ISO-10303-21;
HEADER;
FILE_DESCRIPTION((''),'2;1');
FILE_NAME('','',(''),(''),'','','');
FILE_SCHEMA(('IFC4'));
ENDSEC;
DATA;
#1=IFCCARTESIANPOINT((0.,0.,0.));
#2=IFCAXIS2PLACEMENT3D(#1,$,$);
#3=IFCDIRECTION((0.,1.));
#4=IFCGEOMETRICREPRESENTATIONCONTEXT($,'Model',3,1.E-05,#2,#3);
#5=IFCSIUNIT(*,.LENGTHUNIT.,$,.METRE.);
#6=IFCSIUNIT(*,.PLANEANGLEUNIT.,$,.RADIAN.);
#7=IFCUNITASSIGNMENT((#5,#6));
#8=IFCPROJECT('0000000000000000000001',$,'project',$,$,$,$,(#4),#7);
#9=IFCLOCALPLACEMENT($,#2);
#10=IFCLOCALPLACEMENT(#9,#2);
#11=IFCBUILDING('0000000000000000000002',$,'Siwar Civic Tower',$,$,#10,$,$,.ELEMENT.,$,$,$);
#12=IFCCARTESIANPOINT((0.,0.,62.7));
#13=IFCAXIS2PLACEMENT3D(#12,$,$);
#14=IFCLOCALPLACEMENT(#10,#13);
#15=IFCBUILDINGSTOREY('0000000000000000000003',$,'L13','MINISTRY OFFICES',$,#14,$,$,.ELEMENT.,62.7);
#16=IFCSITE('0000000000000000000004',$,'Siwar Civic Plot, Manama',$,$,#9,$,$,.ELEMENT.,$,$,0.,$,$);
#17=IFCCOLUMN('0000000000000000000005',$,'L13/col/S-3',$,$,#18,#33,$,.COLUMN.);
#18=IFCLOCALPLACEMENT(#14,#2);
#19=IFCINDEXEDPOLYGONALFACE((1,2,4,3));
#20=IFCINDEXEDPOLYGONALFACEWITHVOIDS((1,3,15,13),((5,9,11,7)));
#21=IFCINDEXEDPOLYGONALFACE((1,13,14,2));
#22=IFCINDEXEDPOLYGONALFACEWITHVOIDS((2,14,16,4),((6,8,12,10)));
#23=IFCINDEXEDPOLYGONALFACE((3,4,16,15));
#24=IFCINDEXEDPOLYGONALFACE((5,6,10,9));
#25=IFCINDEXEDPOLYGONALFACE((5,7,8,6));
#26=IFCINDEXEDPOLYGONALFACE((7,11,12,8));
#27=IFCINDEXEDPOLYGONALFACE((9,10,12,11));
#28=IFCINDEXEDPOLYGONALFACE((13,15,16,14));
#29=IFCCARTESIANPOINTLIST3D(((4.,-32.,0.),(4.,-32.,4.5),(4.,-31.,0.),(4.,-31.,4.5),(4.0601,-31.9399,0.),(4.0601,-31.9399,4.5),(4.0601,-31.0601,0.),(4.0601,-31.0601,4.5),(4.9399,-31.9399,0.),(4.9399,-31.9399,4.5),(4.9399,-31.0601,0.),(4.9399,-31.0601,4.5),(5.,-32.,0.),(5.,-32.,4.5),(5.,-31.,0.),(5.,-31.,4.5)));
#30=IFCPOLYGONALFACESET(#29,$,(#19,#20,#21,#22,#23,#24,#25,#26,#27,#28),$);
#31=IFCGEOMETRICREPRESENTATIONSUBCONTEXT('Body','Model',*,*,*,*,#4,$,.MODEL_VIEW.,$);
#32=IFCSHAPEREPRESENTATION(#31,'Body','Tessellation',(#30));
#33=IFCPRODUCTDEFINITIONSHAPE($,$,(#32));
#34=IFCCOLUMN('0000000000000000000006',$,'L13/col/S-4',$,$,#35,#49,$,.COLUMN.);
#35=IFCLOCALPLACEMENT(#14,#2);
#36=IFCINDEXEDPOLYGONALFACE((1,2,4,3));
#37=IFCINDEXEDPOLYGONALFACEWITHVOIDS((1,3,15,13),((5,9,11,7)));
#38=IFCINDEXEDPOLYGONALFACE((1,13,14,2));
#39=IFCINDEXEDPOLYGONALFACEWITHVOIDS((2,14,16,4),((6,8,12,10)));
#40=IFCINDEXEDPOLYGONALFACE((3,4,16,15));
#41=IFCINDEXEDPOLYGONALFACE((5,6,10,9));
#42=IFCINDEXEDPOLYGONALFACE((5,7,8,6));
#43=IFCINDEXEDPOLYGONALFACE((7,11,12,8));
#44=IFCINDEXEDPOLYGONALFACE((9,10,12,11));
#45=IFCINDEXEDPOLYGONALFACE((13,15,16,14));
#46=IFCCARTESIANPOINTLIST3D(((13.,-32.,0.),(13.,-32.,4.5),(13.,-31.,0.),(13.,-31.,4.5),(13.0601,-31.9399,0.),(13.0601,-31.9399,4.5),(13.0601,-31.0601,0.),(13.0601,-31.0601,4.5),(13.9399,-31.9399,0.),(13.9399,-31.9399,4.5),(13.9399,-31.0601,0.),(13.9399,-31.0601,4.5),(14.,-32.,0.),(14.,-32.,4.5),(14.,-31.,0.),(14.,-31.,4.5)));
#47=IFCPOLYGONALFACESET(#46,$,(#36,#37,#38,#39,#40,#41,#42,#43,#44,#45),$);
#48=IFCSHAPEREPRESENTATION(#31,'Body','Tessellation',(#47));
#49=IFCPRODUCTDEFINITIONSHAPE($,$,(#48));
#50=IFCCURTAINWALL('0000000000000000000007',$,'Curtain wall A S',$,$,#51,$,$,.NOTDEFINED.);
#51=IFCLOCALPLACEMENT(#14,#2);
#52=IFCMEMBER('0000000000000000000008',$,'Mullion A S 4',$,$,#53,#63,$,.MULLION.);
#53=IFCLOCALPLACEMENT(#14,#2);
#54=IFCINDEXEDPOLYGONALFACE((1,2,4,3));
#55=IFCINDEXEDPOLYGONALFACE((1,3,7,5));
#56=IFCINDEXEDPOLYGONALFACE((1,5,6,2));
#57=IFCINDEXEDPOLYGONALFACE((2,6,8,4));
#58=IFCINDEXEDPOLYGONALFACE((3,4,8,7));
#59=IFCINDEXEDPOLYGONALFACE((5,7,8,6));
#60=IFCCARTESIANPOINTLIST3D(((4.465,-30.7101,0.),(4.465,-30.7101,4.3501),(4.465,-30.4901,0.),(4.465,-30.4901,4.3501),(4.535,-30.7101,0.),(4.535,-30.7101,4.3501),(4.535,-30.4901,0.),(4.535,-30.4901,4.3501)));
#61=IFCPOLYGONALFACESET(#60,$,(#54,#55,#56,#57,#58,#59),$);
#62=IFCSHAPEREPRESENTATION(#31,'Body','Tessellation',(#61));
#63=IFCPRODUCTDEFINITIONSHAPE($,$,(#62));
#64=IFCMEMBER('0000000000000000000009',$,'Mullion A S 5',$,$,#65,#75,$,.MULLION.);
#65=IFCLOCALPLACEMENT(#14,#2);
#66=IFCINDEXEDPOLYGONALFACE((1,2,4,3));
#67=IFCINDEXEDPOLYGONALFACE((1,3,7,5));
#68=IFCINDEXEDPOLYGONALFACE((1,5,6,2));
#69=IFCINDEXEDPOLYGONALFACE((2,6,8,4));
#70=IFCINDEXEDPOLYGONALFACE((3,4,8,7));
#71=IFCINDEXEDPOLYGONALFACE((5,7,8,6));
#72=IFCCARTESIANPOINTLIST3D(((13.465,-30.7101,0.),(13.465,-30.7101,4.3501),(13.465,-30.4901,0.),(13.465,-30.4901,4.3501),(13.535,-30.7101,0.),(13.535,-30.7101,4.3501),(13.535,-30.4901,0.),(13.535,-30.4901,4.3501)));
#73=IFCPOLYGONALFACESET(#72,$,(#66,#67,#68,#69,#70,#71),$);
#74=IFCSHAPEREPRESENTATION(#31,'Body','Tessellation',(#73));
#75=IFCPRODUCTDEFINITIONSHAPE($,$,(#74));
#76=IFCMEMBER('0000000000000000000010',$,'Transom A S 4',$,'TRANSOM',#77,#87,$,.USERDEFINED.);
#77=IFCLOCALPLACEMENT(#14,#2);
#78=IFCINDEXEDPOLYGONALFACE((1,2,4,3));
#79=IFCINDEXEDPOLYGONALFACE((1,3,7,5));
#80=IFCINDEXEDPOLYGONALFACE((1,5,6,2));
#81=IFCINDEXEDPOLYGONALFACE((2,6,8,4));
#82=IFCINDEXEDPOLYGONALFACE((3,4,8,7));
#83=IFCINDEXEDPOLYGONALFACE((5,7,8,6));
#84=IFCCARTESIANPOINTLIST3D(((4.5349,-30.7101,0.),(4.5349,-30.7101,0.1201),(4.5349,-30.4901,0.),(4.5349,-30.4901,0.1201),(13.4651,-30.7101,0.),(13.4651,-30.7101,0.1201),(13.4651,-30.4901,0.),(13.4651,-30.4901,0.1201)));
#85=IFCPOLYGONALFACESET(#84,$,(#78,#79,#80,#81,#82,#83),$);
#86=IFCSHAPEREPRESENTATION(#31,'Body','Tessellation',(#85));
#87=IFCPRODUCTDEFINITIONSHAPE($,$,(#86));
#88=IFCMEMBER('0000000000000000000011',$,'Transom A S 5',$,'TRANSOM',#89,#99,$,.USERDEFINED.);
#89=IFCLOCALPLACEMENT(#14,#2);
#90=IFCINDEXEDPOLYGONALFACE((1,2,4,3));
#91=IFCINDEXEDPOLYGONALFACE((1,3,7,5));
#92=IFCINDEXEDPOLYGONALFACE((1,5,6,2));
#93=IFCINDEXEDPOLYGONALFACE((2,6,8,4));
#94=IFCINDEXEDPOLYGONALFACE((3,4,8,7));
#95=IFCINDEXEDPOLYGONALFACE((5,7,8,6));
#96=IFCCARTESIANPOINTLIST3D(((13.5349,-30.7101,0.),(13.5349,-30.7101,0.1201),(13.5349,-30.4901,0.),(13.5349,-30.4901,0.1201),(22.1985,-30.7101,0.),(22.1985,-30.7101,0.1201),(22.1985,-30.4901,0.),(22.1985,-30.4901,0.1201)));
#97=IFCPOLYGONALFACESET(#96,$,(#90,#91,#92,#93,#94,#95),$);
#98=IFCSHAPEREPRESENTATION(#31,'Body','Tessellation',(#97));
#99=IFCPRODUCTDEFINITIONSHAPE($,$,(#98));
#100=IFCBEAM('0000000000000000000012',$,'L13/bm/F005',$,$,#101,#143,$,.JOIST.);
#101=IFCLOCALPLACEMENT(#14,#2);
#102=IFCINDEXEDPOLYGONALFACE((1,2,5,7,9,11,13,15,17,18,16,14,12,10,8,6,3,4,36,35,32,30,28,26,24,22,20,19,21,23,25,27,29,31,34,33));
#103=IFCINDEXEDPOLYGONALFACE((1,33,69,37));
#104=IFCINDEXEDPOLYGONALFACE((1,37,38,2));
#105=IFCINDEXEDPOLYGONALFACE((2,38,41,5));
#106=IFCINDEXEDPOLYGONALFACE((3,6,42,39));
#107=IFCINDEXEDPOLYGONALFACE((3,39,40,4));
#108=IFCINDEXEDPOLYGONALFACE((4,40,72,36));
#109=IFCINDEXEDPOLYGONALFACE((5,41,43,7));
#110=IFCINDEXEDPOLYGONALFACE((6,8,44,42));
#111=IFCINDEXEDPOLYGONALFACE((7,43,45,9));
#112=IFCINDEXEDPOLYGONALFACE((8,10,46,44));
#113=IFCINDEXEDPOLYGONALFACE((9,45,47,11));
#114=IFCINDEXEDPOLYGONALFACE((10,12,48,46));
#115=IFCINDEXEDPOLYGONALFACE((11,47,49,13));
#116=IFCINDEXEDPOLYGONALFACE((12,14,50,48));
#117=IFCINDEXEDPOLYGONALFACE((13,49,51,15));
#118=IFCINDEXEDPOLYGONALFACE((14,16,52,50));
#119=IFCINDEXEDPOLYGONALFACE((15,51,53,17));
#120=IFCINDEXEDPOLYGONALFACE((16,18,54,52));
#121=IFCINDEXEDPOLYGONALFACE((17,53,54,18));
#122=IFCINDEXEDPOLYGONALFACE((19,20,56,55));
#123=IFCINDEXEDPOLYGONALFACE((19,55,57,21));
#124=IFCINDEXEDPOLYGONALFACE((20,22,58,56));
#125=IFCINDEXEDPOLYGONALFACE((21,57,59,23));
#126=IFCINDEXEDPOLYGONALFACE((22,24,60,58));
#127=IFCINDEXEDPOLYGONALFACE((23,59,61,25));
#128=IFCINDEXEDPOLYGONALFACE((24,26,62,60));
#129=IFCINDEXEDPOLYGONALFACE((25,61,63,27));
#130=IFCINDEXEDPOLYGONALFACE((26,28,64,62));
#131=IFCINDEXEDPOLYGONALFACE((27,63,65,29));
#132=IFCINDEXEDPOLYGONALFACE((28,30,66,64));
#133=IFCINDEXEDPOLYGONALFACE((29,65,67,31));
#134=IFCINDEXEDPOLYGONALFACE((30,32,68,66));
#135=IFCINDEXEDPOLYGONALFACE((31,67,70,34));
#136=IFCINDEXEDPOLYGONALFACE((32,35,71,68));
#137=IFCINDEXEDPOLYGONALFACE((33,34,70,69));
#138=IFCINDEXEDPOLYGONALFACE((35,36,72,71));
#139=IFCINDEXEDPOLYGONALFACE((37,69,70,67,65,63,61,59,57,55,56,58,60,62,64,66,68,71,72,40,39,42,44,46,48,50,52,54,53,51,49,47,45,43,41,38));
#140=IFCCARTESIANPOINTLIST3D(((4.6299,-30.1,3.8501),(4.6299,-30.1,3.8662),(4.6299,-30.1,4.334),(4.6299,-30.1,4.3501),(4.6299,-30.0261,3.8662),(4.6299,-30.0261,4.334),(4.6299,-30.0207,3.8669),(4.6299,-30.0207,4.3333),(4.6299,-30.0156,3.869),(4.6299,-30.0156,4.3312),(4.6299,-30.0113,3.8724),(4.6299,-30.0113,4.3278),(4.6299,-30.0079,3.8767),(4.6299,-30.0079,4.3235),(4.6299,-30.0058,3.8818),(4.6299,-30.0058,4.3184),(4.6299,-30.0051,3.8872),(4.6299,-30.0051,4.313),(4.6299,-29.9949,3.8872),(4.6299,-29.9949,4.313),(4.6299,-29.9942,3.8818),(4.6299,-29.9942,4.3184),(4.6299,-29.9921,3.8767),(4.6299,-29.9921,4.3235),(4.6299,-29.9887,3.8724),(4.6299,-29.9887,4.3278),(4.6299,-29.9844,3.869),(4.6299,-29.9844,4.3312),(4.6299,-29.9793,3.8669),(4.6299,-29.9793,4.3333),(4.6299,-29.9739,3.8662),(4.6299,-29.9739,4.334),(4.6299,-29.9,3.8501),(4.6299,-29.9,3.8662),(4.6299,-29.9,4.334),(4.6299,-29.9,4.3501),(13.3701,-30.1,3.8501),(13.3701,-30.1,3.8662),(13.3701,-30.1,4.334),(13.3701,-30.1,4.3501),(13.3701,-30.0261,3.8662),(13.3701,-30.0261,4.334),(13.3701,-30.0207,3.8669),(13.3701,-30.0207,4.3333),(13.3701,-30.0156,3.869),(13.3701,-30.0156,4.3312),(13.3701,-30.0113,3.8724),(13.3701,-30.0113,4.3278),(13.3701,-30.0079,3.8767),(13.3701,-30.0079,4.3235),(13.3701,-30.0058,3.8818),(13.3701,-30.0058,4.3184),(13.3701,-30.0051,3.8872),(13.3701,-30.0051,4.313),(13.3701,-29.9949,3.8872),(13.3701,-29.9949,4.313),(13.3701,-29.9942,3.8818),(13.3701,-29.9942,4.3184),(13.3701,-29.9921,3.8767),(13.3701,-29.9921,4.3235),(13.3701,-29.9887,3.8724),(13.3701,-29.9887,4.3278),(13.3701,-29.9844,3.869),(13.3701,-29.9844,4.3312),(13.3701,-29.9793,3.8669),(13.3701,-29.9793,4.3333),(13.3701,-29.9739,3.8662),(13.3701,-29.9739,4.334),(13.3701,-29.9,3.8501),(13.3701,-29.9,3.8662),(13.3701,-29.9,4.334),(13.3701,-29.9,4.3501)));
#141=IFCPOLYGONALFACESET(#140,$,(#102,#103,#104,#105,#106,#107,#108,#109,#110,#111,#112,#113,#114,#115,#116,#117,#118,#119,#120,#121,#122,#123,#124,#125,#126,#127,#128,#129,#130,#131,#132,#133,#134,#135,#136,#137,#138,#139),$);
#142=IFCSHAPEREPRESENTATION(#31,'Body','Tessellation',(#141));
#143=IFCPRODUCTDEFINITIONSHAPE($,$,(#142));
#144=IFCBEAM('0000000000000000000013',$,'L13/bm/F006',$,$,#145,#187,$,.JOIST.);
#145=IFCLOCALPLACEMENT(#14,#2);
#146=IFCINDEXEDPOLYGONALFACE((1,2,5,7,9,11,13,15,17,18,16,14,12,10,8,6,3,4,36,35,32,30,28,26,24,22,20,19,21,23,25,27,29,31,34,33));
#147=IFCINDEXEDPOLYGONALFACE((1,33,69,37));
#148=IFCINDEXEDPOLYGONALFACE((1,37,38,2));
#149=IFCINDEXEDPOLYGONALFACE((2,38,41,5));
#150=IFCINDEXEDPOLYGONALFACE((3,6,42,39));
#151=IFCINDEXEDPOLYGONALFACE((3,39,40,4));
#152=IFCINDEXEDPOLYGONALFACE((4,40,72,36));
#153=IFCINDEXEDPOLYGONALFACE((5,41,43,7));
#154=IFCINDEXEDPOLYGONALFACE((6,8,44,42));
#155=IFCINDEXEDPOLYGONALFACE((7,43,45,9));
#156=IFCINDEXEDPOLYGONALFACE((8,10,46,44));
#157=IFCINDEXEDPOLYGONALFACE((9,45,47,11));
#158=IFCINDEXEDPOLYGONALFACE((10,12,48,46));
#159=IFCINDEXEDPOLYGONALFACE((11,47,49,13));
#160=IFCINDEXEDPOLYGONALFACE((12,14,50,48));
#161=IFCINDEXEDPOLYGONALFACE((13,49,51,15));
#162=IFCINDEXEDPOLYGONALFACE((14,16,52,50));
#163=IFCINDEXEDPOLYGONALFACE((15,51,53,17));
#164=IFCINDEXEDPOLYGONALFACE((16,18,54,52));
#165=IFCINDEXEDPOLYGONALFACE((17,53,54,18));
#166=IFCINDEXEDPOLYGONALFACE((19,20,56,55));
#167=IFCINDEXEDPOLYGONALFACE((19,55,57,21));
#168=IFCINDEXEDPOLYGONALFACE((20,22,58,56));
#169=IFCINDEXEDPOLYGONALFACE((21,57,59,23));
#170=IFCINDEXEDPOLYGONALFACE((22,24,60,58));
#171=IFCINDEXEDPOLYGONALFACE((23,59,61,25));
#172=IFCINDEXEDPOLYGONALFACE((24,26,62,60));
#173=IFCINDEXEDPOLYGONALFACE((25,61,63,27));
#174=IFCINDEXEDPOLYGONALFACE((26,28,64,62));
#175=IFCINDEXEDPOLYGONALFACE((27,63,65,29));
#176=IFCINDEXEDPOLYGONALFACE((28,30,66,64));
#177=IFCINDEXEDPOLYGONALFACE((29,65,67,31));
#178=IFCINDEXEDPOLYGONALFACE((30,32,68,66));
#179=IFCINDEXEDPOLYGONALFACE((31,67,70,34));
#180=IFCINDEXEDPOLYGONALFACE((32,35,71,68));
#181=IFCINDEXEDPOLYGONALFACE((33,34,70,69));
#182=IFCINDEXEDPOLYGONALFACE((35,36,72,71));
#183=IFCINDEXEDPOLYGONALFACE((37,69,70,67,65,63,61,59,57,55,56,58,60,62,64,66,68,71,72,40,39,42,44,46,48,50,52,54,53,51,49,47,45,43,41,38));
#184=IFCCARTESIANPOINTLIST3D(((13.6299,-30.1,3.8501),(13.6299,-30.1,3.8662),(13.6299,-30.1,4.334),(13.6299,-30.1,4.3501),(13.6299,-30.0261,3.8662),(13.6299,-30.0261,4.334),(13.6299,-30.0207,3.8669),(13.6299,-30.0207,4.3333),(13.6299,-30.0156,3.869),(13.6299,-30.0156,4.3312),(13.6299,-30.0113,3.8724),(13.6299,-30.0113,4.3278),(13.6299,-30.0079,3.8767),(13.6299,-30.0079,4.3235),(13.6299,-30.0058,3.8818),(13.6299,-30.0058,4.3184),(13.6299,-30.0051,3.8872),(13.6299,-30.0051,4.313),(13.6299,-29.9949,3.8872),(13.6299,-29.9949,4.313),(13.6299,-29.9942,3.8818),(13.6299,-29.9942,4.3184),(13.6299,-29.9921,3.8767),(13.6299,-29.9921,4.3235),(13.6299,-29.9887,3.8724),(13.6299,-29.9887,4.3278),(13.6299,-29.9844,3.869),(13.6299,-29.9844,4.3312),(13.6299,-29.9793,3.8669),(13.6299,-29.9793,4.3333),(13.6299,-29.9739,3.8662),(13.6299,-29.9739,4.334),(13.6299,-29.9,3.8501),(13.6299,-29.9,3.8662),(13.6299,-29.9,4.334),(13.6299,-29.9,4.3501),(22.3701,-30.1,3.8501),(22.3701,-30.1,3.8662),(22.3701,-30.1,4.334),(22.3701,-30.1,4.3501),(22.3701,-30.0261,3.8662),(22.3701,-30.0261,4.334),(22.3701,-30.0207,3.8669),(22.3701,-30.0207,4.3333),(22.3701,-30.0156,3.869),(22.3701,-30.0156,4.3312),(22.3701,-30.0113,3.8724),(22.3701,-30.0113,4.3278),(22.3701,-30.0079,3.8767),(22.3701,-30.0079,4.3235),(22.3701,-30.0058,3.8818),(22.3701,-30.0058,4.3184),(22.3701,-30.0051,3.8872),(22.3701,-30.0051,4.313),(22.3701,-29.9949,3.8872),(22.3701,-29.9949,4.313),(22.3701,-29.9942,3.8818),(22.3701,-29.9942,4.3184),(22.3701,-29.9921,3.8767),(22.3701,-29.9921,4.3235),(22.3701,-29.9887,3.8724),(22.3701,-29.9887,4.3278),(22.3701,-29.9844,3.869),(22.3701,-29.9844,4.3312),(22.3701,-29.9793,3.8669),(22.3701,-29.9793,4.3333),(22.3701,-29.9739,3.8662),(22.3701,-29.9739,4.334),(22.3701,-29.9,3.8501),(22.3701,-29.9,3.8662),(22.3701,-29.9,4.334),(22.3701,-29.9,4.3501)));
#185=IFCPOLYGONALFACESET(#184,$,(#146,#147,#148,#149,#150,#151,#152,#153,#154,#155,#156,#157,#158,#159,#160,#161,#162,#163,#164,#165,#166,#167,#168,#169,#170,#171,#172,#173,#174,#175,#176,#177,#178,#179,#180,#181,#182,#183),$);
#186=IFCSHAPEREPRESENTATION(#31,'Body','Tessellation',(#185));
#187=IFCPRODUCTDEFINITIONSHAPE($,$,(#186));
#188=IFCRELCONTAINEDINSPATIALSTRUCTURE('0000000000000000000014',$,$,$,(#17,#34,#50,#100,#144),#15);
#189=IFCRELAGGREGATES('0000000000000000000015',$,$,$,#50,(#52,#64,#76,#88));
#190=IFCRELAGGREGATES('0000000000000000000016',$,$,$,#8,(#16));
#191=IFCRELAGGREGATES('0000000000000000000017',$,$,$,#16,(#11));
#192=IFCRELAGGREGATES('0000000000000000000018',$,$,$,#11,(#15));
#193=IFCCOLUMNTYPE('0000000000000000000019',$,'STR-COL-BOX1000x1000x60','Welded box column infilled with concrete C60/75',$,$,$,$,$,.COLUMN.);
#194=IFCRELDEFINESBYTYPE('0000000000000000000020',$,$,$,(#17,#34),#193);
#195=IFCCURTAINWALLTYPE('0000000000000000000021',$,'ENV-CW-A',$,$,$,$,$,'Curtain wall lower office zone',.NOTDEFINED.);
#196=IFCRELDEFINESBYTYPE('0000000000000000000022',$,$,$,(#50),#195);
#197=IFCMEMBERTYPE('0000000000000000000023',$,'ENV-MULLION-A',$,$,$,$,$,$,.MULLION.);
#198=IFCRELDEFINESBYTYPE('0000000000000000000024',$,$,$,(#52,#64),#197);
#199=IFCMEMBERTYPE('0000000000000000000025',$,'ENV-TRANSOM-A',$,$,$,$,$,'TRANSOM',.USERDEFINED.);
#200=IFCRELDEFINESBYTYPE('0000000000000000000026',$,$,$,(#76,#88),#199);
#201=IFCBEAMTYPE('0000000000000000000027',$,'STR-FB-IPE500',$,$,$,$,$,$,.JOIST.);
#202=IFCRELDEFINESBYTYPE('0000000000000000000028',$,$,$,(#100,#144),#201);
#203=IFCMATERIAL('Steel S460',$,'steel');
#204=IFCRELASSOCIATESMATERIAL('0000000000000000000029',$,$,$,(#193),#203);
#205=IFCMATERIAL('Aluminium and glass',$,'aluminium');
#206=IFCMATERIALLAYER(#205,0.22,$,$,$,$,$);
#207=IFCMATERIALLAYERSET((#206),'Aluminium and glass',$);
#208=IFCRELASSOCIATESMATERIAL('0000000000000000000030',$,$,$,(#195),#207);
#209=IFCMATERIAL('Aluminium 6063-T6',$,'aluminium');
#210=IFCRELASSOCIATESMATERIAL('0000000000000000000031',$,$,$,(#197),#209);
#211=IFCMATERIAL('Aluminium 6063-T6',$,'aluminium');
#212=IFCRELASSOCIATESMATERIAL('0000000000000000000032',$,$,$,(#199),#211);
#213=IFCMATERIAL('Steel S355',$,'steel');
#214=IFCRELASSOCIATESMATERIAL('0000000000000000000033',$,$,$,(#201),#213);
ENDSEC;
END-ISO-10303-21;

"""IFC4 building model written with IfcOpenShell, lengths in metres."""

from ifc_helpers import new_model, si_unit, direction, frame, origin, origin_2d, place, context, subcontext, project, spatial, rectangle, hollow_rectangle, i_section, extrude, material, layer, layer_set, material_profile, profile_set, type_object, element, aggregate, save


model = new_model("IFC4")

# Units and contexts
model_context = context("Model", 3, precision=1e-05, world=origin(), true_north=direction((0.0, 1.0)))
body_context = subcontext(model_context, "Body", "Model", "MODEL_VIEW")
ifc_project = project(units=[si_unit("LENGTHUNIT", "METRE"), si_unit("PLANEANGLEUNIT", "RADIAN")], contexts=[model_context])

# Site, building, storey
site_placement = place(None, origin())
site = spatial("IfcSite", under=ifc_project, at=site_placement, Name="Siwar Civic Plot, Manama", CompositionType="ELEMENT", RefElevation=0.0)
building_placement = place(site_placement, origin())
building = spatial("IfcBuilding", under=site, at=building_placement, Name="Siwar Civic Tower", CompositionType="ELEMENT")
storey_placement = place(building_placement, frame((0.0, 0.0, 62.7)))
storey = spatial("IfcBuildingStorey", under=building, at=storey_placement, Name="L13", Description="MINISTRY OFFICES", CompositionType="ELEMENT", Elevation=62.7)

# Columns
ifc_material_1 = material(Name="Steel S460", Category="steel")
ifc_material_profile_1 = material_profile(ifc_material_1, hollow_rectangle(XDim=1.0, YDim=1.0, WallThickness=0.0601, at=origin_2d()), Name="BOX1000x1000x60")
ifc_profile_set_1 = profile_set([ifc_material_profile_1], Name="Steel S460")
column_type = type_object("IfcColumnType", Name="STR-COL-BOX1000x1000x60", Description="Welded box column infilled with concrete C60/75", PredefinedType="COLUMN", material=ifc_profile_set_1)
for number, where, z_axis, x_axis, name in (
    (1, (4.5, -31.5, 0.0), (0.0, 0.0, 1.0), (1.0, 0.0, 0.0), "L13/col/S-3"),
    (2, (13.5, -31.5, 0.0), (0.0, 0.0, 1.0), (1.0, 0.0, 0.0), "L13/col/S-4"),
):
    element("IfcColumn", number, at=place(storey_placement, frame(where, z_axis=z_axis, x_axis=x_axis)), inside=storey, type_object=column_type, Name=name, PredefinedType="COLUMN", context=body_context, shape_type="SweptSolid", body=[
        extrude(hollow_rectangle(XDim=1.0, YDim=1.0, WallThickness=0.0601, at=origin_2d()), origin(), (0.0, 0.0, 1.0), 4.5),
    ])

# Curtain wall, members
ifc_material_2 = material(Name="Aluminium and glass", Category="aluminium")
ifc_layer_1 = layer(ifc_material_2, 0.22)
ifc_layer_set_1 = layer_set([ifc_layer_1], Name="Aluminium and glass")
curtain_wall_type = type_object("IfcCurtainWallType", Name="ENV-CW-A", ElementType="Curtain wall lower office zone", PredefinedType="NOTDEFINED", material=ifc_layer_set_1)
curtain_wall_placement = place(storey_placement, origin())
curtain_wall = element("IfcCurtainWall", 3, at=curtain_wall_placement, inside=storey, type_object=curtain_wall_type, Name="Curtain wall A S", PredefinedType="NOTDEFINED")
ifc_material_3 = material(Name="Aluminium 6063-T6", Category="aluminium")
ifc_material_profile_2 = material_profile(ifc_material_3, rectangle(XDim=0.22, YDim=0.0701, at=origin_2d()), Name="AL 220x70")
ifc_profile_set_2 = profile_set([ifc_material_profile_2], Name="Aluminium 6063-T6")
member_type_1 = type_object("IfcMemberType", Name="ENV-MULLION-A", PredefinedType="MULLION", material=ifc_profile_set_2)
member_1_placement = place(storey_placement, frame((4.5, -30.6001, 0.0), z_axis=(0.0, 0.0, 1.0), x_axis=(0.0, 1.0, 0.0)))
member_1 = element("IfcMember", 4, at=member_1_placement, type_object=member_type_1, Name="Mullion A S 4", PredefinedType="MULLION", context=body_context, shape_type="SweptSolid", body=[
    extrude(rectangle(XDim=0.22, YDim=0.0701, at=origin_2d()), origin(), (0.0, 0.0, 1.0), 4.3501),
])
member_2_placement = place(storey_placement, frame((13.5, -30.6001, 0.0), z_axis=(0.0, 0.0, 1.0), x_axis=(0.0, 1.0, 0.0)))
member_2 = element("IfcMember", 5, at=member_2_placement, type_object=member_type_1, Name="Mullion A S 5", PredefinedType="MULLION", context=body_context, shape_type="SweptSolid", body=[
    extrude(rectangle(XDim=0.22, YDim=0.0701, at=origin_2d()), origin(), (0.0, 0.0, 1.0), 4.3501),
])
ifc_material_4 = material(Name="Aluminium 6063-T6", Category="aluminium")
ifc_material_profile_3 = material_profile(ifc_material_4, rectangle(XDim=0.22, YDim=0.1201, at=origin_2d()), Name="AL 220x120")
ifc_profile_set_3 = profile_set([ifc_material_profile_3], Name="Aluminium 6063-T6")
member_type_2 = type_object("IfcMemberType", Name="ENV-TRANSOM-A", ElementType="TRANSOM", PredefinedType="USERDEFINED", material=ifc_profile_set_3)
member_3_placement = place(storey_placement, frame((4.5349, -30.6001, 0.0601), z_axis=(1.0, 0.0, 0.0), x_axis=(0.0, 1.0, 0.0)))
member_3 = element("IfcMember", 6, at=member_3_placement, type_object=member_type_2, Name="Transom A S 4", ObjectType="TRANSOM", PredefinedType="USERDEFINED", context=body_context, shape_type="SweptSolid", body=[
    extrude(rectangle(XDim=0.22, YDim=0.1201, at=origin_2d()), origin(), (0.0, 0.0, 1.0), 8.9302),
])
member_4_placement = place(storey_placement, frame((13.5349, -30.6001, 0.0601), z_axis=(1.0, 0.0, 0.0), x_axis=(0.0, 1.0, 0.0)))
member_4 = element("IfcMember", 7, at=member_4_placement, type_object=member_type_2, Name="Transom A S 5", ObjectType="TRANSOM", PredefinedType="USERDEFINED", context=body_context, shape_type="SweptSolid", body=[
    extrude(rectangle(XDim=0.22, YDim=0.1201, at=origin_2d()), origin(), (0.0, 0.0, 1.0), 8.6636),
])

# Beams
ifc_material_5 = material(Name="Steel S355", Category="steel")
ifc_material_profile_4 = material_profile(ifc_material_5, i_section(OverallWidth=0.2, OverallDepth=0.5, WebThickness=0.0103, FlangeThickness=0.0161, FilletRadius=0.021, at=origin_2d()), Name="IPE500")
ifc_profile_set_4 = profile_set([ifc_material_profile_4], Name="Steel S355")
beam_type_1 = type_object("IfcBeamType", Name="STR-FB-IPE500", PredefinedType="JOIST", material=ifc_profile_set_4)
for number, where, z_axis, x_axis, name in (
    (8, (4.6299, -30.0, 4.1001), (1.0, 0.0, 0.0), (0.0, 1.0, 0.0), "L13/bm/F005"),
    (9, (13.6299, -30.0, 4.1001), (1.0, 0.0, 0.0), (0.0, 1.0, 0.0), "L13/bm/F006"),
):
    element("IfcBeam", number, at=place(storey_placement, frame(where, z_axis=z_axis, x_axis=x_axis)), inside=storey, type_object=beam_type_1, Name=name, PredefinedType="JOIST", context=body_context, shape_type="SweptSolid", body=[
        extrude(i_section(OverallWidth=0.2, OverallDepth=0.5, WebThickness=0.0103, FlangeThickness=0.0161, FilletRadius=0.021, at=origin_2d()), origin(), (0.0, 0.0, 1.0), 8.7402),
    ])

aggregate(curtain_wall, [member_1, member_2, member_3, member_4])

save(model, "model.ifc")
